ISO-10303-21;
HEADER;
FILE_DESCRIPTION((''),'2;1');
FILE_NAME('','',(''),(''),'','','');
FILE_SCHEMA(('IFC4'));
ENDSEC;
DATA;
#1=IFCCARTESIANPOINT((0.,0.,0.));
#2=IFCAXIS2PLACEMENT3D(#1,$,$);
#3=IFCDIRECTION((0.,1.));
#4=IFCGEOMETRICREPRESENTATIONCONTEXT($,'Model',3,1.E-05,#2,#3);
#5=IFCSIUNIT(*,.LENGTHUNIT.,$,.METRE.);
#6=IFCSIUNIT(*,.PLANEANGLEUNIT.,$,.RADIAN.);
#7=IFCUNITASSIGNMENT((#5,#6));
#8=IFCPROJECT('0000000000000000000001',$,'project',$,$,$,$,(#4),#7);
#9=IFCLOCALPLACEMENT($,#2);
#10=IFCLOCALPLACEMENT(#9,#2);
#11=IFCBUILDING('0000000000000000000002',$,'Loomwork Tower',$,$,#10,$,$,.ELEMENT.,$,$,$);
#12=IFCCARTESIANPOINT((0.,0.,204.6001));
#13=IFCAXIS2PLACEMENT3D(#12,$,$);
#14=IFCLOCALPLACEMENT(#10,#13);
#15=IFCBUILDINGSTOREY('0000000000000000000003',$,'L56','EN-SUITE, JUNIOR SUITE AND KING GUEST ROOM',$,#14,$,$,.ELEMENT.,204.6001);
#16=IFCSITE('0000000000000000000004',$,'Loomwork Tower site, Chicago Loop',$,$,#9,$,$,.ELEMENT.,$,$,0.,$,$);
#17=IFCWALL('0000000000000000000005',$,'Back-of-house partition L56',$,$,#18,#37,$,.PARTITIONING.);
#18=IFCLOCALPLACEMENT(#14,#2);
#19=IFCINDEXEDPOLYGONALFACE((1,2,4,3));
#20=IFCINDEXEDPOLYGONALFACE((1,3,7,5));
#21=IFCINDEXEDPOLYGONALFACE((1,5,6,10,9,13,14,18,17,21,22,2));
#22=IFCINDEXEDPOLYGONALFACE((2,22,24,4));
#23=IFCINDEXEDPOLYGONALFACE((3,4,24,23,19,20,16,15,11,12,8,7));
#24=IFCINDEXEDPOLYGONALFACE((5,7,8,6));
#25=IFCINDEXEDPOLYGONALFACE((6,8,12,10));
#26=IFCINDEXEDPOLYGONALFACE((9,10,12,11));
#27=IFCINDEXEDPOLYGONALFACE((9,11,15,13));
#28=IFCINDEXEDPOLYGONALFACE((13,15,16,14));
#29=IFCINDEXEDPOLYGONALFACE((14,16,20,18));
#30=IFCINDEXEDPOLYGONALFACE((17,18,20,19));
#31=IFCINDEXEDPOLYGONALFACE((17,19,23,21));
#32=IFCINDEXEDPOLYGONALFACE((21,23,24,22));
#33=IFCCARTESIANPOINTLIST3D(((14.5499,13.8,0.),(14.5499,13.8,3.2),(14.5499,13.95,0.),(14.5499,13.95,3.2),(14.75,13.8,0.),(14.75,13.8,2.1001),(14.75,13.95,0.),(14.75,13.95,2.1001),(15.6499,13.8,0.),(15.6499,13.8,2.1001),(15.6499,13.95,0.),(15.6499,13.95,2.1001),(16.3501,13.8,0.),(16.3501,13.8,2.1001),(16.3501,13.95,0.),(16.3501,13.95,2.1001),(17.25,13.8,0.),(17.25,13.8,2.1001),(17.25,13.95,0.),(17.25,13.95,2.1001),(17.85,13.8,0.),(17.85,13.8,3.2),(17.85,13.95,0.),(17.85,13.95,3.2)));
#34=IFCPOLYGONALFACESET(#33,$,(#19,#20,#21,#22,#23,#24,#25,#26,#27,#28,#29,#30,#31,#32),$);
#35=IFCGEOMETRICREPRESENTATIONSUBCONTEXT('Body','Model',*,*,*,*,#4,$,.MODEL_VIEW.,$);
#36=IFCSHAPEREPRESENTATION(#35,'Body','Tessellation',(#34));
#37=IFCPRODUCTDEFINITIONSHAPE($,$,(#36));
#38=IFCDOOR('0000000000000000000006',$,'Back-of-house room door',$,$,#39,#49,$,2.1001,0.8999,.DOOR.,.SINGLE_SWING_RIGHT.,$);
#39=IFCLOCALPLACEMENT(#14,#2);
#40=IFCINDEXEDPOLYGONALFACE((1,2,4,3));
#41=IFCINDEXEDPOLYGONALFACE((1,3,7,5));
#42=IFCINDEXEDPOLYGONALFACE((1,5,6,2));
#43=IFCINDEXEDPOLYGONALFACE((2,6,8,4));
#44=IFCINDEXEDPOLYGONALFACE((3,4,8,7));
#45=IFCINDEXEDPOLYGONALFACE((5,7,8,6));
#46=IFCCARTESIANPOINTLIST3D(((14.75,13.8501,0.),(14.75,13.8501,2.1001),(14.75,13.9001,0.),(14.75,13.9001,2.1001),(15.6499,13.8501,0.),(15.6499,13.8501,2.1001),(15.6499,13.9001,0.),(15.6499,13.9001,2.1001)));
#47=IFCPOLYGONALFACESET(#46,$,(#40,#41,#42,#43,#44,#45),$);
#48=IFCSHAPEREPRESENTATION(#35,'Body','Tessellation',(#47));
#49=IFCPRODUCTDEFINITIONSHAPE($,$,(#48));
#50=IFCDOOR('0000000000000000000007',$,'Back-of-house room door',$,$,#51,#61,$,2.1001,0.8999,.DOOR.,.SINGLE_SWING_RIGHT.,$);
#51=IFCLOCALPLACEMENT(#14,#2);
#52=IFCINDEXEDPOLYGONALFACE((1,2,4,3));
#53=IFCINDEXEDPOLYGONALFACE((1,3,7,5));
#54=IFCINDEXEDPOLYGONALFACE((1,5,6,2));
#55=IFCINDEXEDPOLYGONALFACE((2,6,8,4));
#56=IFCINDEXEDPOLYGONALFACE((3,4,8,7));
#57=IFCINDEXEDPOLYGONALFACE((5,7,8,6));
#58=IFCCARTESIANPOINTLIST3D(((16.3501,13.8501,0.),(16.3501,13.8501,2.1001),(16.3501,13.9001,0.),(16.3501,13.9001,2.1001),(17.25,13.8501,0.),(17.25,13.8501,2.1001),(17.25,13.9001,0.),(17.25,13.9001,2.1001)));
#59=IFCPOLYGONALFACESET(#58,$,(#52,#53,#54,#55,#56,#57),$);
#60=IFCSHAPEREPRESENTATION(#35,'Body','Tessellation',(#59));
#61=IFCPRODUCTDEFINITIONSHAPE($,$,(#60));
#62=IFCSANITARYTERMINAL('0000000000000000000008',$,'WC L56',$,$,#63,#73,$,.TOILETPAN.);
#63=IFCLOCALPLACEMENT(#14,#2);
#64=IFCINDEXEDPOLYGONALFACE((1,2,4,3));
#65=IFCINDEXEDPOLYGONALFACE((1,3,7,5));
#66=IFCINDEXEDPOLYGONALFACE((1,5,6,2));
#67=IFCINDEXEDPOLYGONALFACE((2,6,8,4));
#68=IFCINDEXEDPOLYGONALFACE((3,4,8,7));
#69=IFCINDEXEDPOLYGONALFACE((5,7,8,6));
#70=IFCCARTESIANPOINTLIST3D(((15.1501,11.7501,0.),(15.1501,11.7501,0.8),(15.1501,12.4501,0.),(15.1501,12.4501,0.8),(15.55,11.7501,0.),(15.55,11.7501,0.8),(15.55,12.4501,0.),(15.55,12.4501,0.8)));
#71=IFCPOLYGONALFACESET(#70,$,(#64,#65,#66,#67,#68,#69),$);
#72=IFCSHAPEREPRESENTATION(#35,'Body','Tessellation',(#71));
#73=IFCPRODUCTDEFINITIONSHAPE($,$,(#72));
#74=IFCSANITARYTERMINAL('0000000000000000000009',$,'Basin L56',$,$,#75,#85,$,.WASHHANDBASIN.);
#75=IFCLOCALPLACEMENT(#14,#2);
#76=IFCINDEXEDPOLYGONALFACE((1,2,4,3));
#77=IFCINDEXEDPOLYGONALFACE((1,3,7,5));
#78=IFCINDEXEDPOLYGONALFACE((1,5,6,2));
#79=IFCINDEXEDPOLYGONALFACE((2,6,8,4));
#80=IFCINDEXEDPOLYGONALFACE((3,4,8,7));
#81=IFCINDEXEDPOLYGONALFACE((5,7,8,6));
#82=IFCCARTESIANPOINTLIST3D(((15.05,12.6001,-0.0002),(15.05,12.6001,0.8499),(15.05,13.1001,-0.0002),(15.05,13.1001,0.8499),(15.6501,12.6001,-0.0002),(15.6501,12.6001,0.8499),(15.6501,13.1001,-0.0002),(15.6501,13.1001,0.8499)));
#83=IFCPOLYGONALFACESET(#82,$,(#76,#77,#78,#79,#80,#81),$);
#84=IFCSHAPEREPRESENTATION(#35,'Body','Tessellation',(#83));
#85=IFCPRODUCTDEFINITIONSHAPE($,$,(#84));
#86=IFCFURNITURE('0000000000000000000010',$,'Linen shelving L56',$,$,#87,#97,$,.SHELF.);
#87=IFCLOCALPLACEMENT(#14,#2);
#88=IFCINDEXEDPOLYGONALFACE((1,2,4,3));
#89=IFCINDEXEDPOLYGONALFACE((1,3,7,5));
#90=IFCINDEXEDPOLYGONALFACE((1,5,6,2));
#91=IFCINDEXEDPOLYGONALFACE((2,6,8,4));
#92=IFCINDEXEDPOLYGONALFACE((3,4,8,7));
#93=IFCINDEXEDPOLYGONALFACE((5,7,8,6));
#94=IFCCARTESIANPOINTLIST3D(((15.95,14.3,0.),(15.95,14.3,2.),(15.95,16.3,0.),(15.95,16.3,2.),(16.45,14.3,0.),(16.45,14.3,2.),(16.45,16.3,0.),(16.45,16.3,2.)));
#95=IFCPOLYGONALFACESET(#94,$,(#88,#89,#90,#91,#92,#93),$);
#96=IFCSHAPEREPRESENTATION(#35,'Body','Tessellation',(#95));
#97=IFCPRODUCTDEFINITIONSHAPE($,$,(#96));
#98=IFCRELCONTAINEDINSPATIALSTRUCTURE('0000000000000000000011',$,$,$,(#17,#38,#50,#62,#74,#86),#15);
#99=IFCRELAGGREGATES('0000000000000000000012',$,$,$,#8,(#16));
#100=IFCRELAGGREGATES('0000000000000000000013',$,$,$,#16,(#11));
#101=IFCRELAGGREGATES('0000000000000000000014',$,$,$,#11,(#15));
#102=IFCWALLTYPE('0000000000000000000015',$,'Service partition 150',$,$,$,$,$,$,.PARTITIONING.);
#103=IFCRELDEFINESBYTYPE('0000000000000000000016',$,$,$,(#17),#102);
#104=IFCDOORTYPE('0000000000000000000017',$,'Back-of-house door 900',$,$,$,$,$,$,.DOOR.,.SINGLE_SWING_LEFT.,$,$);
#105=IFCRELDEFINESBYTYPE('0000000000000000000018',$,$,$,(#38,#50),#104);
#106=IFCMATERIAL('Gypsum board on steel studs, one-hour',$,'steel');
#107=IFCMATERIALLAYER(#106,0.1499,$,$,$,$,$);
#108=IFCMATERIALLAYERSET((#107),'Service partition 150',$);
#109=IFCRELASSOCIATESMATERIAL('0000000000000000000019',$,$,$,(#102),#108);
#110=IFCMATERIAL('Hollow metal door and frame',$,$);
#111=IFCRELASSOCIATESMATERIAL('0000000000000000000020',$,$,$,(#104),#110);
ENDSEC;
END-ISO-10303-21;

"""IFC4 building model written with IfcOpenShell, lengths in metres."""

from ifc_helpers import new_model, si_unit, direction, frame, frame_2d, origin, origin_2d, place, context, subcontext, project, spatial, rectangle, extrude, material, layer, layer_set, type_object, element, fill, save


model = new_model("IFC4")

# Units and contexts
model_context = context("Model", 3, precision=1e-05, world=origin(), true_north=direction((0.0, 1.0)))
body_context = subcontext(model_context, "Body", "Model", "MODEL_VIEW")
ifc_project = project(units=[si_unit("LENGTHUNIT", "METRE"), si_unit("PLANEANGLEUNIT", "RADIAN")], contexts=[model_context])

# Site, building, storey
site_placement = place(None, origin())
site = spatial("IfcSite", under=ifc_project, at=site_placement, Name="Loomwork Tower site, Chicago Loop", CompositionType="ELEMENT", RefElevation=0.0)
building_placement = place(site_placement, origin())
building = spatial("IfcBuilding", under=site, at=building_placement, Name="Loomwork Tower", CompositionType="ELEMENT")
storey_placement = place(building_placement, frame((0.0, 0.0, 204.6001)))
storey = spatial("IfcBuildingStorey", under=building, at=storey_placement, Name="L56", Description="EN-SUITE, JUNIOR SUITE AND KING GUEST ROOM", CompositionType="ELEMENT", Elevation=204.6001)

# Shared definitions
ifc_material_1 = material(Name="Gypsum board on steel studs, one-hour", Category="steel")
ifc_layer_1 = layer(ifc_material_1, 0.1499)
ifc_layer_set_1 = layer_set([ifc_layer_1], Name="Service partition 150")
wall_type_1 = type_object("IfcWallType", Name="Service partition 150", PredefinedType="PARTITIONING", material=ifc_layer_set_1)

# Wall, openings, doors
wall_1_placement = place(storey_placement, frame((14.55, 13.875, 0.0), z_axis=(0.0, 0.0, 1.0), x_axis=(1.0, 0.0, 0.0)))
wall_1 = element("IfcWall", 1, at=wall_1_placement, inside=storey, type_object=wall_type_1, Name="Back-of-house partition L56", PredefinedType="PARTITIONING", context=body_context, shape_type="SweptSolid", body=[
    extrude(rectangle(XDim=3.3, YDim=0.1499, at=frame_2d((1.6499, 0.0))), origin(), (0.0, 0.0, 1.0), 3.2),
])
opening_1_placement = place(wall_1_placement, frame((0.2, 0.0, 0.0)))
opening_1 = element("IfcOpeningElement", 2, at=opening_1_placement, cuts=wall_1, PredefinedType="OPENING", context=body_context, shape_type="SweptSolid", body=[
    extrude(rectangle(XDim=0.8999, YDim=2.1001, at=frame_2d((0.45, 1.05))), frame((0.0, 0.085, 0.0), z_axis=(0.0, -1.0, 0.0), x_axis=(1.0, 0.0, 0.0)), (0.0, 0.0, 1.0), 0.1699),
])
opening_2_placement = place(wall_1_placement, frame((1.8, 0.0, 0.0)))
opening_2 = element("IfcOpeningElement", 3, at=opening_2_placement, cuts=wall_1, PredefinedType="OPENING", context=body_context, shape_type="SweptSolid", body=[
    extrude(rectangle(XDim=0.8999, YDim=2.1001, at=frame_2d((0.45, 1.05))), frame((0.0, 0.085, 0.0), z_axis=(0.0, -1.0, 0.0), x_axis=(1.0, 0.0, 0.0)), (0.0, 0.0, 1.0), 0.1699),
])
ifc_material_2 = material(Name="Hollow metal door and frame")
door_type_1 = type_object("IfcDoorType", Name="Back-of-house door 900", OperationType="SINGLE_SWING_LEFT", PredefinedType="DOOR", material=ifc_material_2)
door_1_placement = place(opening_1_placement, frame((0.8999, 0.0, 0.0), z_axis=(0.0, 0.0, 1.0), x_axis=(-1.0, 0.0, 0.0)))
door_1 = element("IfcDoor", 4, at=door_1_placement, inside=storey, type_object=door_type_1, Name="Back-of-house room door", OperationType="SINGLE_SWING_RIGHT", OverallHeight=2.1001, OverallWidth=0.8999, PredefinedType="DOOR", context=body_context, shape_type="SweptSolid", body=[
    extrude(rectangle(XDim=0.8999, YDim=2.1001, at=frame_2d((0.45, 1.05))), frame((0.0, 0.0249, 0.0), z_axis=(0.0, -1.0, 0.0), x_axis=(1.0, 0.0, 0.0)), (0.0, 0.0, 1.0), 0.05),
])
fill(opening_1, door_1)
door_2_placement = place(opening_2_placement, frame((0.8999, 0.0, 0.0), z_axis=(0.0, 0.0, 1.0), x_axis=(-1.0, 0.0, 0.0)))
door_2 = element("IfcDoor", 5, at=door_2_placement, inside=storey, type_object=door_type_1, Name="Back-of-house room door", OperationType="SINGLE_SWING_RIGHT", OverallHeight=2.1001, OverallWidth=0.8999, PredefinedType="DOOR", context=body_context, shape_type="SweptSolid", body=[
    extrude(rectangle(XDim=0.8999, YDim=2.1001, at=frame_2d((0.45, 1.05))), frame((0.0, 0.0249, 0.0), z_axis=(0.0, -1.0, 0.0), x_axis=(1.0, 0.0, 0.0)), (0.0, 0.0, 1.0), 0.05),
])
fill(opening_2, door_2)

# Sanitary terminals
sanitary_terminal_1_placement = place(storey_placement, frame((15.3501, 12.1001, 0.0), z_axis=(0.0, 0.0, 1.0), x_axis=(1.0, 0.0, 0.0)))
element("IfcSanitaryTerminal", 6, at=sanitary_terminal_1_placement, inside=storey, Name="WC L56", PredefinedType="TOILETPAN", context=body_context, shape_type="SweptSolid", body=[
    extrude(rectangle(XDim=0.3999, YDim=0.7, at=origin_2d()), origin(), (0.0, 0.0, 1.0), 0.8),
])
sanitary_terminal_2_placement = place(storey_placement, frame((15.3501, 12.8501, -0.0002), z_axis=(0.0, 0.0, 1.0), x_axis=(1.0, 0.0, 0.0)))
element("IfcSanitaryTerminal", 7, at=sanitary_terminal_2_placement, inside=storey, Name="Basin L56", PredefinedType="WASHHANDBASIN", context=body_context, shape_type="SweptSolid", body=[
    extrude(rectangle(XDim=0.6001, YDim=0.5, at=origin_2d()), origin(), (0.0, 0.0, 1.0), 0.8501),
])

# Furniture
furniture_placement = place(storey_placement, frame((16.2, 15.3, 0.0), z_axis=(0.0, 0.0, 1.0), x_axis=(1.0, 0.0, 0.0)))
element("IfcFurniture", 8, at=furniture_placement, inside=storey, Name="Linen shelving L56", PredefinedType="SHELF", context=body_context, shape_type="SweptSolid", body=[
    extrude(rectangle(XDim=0.5, YDim=2.0, at=origin_2d()), origin(), (0.0, 0.0, 1.0), 2.0),
])

save(model, "model.ifc")
